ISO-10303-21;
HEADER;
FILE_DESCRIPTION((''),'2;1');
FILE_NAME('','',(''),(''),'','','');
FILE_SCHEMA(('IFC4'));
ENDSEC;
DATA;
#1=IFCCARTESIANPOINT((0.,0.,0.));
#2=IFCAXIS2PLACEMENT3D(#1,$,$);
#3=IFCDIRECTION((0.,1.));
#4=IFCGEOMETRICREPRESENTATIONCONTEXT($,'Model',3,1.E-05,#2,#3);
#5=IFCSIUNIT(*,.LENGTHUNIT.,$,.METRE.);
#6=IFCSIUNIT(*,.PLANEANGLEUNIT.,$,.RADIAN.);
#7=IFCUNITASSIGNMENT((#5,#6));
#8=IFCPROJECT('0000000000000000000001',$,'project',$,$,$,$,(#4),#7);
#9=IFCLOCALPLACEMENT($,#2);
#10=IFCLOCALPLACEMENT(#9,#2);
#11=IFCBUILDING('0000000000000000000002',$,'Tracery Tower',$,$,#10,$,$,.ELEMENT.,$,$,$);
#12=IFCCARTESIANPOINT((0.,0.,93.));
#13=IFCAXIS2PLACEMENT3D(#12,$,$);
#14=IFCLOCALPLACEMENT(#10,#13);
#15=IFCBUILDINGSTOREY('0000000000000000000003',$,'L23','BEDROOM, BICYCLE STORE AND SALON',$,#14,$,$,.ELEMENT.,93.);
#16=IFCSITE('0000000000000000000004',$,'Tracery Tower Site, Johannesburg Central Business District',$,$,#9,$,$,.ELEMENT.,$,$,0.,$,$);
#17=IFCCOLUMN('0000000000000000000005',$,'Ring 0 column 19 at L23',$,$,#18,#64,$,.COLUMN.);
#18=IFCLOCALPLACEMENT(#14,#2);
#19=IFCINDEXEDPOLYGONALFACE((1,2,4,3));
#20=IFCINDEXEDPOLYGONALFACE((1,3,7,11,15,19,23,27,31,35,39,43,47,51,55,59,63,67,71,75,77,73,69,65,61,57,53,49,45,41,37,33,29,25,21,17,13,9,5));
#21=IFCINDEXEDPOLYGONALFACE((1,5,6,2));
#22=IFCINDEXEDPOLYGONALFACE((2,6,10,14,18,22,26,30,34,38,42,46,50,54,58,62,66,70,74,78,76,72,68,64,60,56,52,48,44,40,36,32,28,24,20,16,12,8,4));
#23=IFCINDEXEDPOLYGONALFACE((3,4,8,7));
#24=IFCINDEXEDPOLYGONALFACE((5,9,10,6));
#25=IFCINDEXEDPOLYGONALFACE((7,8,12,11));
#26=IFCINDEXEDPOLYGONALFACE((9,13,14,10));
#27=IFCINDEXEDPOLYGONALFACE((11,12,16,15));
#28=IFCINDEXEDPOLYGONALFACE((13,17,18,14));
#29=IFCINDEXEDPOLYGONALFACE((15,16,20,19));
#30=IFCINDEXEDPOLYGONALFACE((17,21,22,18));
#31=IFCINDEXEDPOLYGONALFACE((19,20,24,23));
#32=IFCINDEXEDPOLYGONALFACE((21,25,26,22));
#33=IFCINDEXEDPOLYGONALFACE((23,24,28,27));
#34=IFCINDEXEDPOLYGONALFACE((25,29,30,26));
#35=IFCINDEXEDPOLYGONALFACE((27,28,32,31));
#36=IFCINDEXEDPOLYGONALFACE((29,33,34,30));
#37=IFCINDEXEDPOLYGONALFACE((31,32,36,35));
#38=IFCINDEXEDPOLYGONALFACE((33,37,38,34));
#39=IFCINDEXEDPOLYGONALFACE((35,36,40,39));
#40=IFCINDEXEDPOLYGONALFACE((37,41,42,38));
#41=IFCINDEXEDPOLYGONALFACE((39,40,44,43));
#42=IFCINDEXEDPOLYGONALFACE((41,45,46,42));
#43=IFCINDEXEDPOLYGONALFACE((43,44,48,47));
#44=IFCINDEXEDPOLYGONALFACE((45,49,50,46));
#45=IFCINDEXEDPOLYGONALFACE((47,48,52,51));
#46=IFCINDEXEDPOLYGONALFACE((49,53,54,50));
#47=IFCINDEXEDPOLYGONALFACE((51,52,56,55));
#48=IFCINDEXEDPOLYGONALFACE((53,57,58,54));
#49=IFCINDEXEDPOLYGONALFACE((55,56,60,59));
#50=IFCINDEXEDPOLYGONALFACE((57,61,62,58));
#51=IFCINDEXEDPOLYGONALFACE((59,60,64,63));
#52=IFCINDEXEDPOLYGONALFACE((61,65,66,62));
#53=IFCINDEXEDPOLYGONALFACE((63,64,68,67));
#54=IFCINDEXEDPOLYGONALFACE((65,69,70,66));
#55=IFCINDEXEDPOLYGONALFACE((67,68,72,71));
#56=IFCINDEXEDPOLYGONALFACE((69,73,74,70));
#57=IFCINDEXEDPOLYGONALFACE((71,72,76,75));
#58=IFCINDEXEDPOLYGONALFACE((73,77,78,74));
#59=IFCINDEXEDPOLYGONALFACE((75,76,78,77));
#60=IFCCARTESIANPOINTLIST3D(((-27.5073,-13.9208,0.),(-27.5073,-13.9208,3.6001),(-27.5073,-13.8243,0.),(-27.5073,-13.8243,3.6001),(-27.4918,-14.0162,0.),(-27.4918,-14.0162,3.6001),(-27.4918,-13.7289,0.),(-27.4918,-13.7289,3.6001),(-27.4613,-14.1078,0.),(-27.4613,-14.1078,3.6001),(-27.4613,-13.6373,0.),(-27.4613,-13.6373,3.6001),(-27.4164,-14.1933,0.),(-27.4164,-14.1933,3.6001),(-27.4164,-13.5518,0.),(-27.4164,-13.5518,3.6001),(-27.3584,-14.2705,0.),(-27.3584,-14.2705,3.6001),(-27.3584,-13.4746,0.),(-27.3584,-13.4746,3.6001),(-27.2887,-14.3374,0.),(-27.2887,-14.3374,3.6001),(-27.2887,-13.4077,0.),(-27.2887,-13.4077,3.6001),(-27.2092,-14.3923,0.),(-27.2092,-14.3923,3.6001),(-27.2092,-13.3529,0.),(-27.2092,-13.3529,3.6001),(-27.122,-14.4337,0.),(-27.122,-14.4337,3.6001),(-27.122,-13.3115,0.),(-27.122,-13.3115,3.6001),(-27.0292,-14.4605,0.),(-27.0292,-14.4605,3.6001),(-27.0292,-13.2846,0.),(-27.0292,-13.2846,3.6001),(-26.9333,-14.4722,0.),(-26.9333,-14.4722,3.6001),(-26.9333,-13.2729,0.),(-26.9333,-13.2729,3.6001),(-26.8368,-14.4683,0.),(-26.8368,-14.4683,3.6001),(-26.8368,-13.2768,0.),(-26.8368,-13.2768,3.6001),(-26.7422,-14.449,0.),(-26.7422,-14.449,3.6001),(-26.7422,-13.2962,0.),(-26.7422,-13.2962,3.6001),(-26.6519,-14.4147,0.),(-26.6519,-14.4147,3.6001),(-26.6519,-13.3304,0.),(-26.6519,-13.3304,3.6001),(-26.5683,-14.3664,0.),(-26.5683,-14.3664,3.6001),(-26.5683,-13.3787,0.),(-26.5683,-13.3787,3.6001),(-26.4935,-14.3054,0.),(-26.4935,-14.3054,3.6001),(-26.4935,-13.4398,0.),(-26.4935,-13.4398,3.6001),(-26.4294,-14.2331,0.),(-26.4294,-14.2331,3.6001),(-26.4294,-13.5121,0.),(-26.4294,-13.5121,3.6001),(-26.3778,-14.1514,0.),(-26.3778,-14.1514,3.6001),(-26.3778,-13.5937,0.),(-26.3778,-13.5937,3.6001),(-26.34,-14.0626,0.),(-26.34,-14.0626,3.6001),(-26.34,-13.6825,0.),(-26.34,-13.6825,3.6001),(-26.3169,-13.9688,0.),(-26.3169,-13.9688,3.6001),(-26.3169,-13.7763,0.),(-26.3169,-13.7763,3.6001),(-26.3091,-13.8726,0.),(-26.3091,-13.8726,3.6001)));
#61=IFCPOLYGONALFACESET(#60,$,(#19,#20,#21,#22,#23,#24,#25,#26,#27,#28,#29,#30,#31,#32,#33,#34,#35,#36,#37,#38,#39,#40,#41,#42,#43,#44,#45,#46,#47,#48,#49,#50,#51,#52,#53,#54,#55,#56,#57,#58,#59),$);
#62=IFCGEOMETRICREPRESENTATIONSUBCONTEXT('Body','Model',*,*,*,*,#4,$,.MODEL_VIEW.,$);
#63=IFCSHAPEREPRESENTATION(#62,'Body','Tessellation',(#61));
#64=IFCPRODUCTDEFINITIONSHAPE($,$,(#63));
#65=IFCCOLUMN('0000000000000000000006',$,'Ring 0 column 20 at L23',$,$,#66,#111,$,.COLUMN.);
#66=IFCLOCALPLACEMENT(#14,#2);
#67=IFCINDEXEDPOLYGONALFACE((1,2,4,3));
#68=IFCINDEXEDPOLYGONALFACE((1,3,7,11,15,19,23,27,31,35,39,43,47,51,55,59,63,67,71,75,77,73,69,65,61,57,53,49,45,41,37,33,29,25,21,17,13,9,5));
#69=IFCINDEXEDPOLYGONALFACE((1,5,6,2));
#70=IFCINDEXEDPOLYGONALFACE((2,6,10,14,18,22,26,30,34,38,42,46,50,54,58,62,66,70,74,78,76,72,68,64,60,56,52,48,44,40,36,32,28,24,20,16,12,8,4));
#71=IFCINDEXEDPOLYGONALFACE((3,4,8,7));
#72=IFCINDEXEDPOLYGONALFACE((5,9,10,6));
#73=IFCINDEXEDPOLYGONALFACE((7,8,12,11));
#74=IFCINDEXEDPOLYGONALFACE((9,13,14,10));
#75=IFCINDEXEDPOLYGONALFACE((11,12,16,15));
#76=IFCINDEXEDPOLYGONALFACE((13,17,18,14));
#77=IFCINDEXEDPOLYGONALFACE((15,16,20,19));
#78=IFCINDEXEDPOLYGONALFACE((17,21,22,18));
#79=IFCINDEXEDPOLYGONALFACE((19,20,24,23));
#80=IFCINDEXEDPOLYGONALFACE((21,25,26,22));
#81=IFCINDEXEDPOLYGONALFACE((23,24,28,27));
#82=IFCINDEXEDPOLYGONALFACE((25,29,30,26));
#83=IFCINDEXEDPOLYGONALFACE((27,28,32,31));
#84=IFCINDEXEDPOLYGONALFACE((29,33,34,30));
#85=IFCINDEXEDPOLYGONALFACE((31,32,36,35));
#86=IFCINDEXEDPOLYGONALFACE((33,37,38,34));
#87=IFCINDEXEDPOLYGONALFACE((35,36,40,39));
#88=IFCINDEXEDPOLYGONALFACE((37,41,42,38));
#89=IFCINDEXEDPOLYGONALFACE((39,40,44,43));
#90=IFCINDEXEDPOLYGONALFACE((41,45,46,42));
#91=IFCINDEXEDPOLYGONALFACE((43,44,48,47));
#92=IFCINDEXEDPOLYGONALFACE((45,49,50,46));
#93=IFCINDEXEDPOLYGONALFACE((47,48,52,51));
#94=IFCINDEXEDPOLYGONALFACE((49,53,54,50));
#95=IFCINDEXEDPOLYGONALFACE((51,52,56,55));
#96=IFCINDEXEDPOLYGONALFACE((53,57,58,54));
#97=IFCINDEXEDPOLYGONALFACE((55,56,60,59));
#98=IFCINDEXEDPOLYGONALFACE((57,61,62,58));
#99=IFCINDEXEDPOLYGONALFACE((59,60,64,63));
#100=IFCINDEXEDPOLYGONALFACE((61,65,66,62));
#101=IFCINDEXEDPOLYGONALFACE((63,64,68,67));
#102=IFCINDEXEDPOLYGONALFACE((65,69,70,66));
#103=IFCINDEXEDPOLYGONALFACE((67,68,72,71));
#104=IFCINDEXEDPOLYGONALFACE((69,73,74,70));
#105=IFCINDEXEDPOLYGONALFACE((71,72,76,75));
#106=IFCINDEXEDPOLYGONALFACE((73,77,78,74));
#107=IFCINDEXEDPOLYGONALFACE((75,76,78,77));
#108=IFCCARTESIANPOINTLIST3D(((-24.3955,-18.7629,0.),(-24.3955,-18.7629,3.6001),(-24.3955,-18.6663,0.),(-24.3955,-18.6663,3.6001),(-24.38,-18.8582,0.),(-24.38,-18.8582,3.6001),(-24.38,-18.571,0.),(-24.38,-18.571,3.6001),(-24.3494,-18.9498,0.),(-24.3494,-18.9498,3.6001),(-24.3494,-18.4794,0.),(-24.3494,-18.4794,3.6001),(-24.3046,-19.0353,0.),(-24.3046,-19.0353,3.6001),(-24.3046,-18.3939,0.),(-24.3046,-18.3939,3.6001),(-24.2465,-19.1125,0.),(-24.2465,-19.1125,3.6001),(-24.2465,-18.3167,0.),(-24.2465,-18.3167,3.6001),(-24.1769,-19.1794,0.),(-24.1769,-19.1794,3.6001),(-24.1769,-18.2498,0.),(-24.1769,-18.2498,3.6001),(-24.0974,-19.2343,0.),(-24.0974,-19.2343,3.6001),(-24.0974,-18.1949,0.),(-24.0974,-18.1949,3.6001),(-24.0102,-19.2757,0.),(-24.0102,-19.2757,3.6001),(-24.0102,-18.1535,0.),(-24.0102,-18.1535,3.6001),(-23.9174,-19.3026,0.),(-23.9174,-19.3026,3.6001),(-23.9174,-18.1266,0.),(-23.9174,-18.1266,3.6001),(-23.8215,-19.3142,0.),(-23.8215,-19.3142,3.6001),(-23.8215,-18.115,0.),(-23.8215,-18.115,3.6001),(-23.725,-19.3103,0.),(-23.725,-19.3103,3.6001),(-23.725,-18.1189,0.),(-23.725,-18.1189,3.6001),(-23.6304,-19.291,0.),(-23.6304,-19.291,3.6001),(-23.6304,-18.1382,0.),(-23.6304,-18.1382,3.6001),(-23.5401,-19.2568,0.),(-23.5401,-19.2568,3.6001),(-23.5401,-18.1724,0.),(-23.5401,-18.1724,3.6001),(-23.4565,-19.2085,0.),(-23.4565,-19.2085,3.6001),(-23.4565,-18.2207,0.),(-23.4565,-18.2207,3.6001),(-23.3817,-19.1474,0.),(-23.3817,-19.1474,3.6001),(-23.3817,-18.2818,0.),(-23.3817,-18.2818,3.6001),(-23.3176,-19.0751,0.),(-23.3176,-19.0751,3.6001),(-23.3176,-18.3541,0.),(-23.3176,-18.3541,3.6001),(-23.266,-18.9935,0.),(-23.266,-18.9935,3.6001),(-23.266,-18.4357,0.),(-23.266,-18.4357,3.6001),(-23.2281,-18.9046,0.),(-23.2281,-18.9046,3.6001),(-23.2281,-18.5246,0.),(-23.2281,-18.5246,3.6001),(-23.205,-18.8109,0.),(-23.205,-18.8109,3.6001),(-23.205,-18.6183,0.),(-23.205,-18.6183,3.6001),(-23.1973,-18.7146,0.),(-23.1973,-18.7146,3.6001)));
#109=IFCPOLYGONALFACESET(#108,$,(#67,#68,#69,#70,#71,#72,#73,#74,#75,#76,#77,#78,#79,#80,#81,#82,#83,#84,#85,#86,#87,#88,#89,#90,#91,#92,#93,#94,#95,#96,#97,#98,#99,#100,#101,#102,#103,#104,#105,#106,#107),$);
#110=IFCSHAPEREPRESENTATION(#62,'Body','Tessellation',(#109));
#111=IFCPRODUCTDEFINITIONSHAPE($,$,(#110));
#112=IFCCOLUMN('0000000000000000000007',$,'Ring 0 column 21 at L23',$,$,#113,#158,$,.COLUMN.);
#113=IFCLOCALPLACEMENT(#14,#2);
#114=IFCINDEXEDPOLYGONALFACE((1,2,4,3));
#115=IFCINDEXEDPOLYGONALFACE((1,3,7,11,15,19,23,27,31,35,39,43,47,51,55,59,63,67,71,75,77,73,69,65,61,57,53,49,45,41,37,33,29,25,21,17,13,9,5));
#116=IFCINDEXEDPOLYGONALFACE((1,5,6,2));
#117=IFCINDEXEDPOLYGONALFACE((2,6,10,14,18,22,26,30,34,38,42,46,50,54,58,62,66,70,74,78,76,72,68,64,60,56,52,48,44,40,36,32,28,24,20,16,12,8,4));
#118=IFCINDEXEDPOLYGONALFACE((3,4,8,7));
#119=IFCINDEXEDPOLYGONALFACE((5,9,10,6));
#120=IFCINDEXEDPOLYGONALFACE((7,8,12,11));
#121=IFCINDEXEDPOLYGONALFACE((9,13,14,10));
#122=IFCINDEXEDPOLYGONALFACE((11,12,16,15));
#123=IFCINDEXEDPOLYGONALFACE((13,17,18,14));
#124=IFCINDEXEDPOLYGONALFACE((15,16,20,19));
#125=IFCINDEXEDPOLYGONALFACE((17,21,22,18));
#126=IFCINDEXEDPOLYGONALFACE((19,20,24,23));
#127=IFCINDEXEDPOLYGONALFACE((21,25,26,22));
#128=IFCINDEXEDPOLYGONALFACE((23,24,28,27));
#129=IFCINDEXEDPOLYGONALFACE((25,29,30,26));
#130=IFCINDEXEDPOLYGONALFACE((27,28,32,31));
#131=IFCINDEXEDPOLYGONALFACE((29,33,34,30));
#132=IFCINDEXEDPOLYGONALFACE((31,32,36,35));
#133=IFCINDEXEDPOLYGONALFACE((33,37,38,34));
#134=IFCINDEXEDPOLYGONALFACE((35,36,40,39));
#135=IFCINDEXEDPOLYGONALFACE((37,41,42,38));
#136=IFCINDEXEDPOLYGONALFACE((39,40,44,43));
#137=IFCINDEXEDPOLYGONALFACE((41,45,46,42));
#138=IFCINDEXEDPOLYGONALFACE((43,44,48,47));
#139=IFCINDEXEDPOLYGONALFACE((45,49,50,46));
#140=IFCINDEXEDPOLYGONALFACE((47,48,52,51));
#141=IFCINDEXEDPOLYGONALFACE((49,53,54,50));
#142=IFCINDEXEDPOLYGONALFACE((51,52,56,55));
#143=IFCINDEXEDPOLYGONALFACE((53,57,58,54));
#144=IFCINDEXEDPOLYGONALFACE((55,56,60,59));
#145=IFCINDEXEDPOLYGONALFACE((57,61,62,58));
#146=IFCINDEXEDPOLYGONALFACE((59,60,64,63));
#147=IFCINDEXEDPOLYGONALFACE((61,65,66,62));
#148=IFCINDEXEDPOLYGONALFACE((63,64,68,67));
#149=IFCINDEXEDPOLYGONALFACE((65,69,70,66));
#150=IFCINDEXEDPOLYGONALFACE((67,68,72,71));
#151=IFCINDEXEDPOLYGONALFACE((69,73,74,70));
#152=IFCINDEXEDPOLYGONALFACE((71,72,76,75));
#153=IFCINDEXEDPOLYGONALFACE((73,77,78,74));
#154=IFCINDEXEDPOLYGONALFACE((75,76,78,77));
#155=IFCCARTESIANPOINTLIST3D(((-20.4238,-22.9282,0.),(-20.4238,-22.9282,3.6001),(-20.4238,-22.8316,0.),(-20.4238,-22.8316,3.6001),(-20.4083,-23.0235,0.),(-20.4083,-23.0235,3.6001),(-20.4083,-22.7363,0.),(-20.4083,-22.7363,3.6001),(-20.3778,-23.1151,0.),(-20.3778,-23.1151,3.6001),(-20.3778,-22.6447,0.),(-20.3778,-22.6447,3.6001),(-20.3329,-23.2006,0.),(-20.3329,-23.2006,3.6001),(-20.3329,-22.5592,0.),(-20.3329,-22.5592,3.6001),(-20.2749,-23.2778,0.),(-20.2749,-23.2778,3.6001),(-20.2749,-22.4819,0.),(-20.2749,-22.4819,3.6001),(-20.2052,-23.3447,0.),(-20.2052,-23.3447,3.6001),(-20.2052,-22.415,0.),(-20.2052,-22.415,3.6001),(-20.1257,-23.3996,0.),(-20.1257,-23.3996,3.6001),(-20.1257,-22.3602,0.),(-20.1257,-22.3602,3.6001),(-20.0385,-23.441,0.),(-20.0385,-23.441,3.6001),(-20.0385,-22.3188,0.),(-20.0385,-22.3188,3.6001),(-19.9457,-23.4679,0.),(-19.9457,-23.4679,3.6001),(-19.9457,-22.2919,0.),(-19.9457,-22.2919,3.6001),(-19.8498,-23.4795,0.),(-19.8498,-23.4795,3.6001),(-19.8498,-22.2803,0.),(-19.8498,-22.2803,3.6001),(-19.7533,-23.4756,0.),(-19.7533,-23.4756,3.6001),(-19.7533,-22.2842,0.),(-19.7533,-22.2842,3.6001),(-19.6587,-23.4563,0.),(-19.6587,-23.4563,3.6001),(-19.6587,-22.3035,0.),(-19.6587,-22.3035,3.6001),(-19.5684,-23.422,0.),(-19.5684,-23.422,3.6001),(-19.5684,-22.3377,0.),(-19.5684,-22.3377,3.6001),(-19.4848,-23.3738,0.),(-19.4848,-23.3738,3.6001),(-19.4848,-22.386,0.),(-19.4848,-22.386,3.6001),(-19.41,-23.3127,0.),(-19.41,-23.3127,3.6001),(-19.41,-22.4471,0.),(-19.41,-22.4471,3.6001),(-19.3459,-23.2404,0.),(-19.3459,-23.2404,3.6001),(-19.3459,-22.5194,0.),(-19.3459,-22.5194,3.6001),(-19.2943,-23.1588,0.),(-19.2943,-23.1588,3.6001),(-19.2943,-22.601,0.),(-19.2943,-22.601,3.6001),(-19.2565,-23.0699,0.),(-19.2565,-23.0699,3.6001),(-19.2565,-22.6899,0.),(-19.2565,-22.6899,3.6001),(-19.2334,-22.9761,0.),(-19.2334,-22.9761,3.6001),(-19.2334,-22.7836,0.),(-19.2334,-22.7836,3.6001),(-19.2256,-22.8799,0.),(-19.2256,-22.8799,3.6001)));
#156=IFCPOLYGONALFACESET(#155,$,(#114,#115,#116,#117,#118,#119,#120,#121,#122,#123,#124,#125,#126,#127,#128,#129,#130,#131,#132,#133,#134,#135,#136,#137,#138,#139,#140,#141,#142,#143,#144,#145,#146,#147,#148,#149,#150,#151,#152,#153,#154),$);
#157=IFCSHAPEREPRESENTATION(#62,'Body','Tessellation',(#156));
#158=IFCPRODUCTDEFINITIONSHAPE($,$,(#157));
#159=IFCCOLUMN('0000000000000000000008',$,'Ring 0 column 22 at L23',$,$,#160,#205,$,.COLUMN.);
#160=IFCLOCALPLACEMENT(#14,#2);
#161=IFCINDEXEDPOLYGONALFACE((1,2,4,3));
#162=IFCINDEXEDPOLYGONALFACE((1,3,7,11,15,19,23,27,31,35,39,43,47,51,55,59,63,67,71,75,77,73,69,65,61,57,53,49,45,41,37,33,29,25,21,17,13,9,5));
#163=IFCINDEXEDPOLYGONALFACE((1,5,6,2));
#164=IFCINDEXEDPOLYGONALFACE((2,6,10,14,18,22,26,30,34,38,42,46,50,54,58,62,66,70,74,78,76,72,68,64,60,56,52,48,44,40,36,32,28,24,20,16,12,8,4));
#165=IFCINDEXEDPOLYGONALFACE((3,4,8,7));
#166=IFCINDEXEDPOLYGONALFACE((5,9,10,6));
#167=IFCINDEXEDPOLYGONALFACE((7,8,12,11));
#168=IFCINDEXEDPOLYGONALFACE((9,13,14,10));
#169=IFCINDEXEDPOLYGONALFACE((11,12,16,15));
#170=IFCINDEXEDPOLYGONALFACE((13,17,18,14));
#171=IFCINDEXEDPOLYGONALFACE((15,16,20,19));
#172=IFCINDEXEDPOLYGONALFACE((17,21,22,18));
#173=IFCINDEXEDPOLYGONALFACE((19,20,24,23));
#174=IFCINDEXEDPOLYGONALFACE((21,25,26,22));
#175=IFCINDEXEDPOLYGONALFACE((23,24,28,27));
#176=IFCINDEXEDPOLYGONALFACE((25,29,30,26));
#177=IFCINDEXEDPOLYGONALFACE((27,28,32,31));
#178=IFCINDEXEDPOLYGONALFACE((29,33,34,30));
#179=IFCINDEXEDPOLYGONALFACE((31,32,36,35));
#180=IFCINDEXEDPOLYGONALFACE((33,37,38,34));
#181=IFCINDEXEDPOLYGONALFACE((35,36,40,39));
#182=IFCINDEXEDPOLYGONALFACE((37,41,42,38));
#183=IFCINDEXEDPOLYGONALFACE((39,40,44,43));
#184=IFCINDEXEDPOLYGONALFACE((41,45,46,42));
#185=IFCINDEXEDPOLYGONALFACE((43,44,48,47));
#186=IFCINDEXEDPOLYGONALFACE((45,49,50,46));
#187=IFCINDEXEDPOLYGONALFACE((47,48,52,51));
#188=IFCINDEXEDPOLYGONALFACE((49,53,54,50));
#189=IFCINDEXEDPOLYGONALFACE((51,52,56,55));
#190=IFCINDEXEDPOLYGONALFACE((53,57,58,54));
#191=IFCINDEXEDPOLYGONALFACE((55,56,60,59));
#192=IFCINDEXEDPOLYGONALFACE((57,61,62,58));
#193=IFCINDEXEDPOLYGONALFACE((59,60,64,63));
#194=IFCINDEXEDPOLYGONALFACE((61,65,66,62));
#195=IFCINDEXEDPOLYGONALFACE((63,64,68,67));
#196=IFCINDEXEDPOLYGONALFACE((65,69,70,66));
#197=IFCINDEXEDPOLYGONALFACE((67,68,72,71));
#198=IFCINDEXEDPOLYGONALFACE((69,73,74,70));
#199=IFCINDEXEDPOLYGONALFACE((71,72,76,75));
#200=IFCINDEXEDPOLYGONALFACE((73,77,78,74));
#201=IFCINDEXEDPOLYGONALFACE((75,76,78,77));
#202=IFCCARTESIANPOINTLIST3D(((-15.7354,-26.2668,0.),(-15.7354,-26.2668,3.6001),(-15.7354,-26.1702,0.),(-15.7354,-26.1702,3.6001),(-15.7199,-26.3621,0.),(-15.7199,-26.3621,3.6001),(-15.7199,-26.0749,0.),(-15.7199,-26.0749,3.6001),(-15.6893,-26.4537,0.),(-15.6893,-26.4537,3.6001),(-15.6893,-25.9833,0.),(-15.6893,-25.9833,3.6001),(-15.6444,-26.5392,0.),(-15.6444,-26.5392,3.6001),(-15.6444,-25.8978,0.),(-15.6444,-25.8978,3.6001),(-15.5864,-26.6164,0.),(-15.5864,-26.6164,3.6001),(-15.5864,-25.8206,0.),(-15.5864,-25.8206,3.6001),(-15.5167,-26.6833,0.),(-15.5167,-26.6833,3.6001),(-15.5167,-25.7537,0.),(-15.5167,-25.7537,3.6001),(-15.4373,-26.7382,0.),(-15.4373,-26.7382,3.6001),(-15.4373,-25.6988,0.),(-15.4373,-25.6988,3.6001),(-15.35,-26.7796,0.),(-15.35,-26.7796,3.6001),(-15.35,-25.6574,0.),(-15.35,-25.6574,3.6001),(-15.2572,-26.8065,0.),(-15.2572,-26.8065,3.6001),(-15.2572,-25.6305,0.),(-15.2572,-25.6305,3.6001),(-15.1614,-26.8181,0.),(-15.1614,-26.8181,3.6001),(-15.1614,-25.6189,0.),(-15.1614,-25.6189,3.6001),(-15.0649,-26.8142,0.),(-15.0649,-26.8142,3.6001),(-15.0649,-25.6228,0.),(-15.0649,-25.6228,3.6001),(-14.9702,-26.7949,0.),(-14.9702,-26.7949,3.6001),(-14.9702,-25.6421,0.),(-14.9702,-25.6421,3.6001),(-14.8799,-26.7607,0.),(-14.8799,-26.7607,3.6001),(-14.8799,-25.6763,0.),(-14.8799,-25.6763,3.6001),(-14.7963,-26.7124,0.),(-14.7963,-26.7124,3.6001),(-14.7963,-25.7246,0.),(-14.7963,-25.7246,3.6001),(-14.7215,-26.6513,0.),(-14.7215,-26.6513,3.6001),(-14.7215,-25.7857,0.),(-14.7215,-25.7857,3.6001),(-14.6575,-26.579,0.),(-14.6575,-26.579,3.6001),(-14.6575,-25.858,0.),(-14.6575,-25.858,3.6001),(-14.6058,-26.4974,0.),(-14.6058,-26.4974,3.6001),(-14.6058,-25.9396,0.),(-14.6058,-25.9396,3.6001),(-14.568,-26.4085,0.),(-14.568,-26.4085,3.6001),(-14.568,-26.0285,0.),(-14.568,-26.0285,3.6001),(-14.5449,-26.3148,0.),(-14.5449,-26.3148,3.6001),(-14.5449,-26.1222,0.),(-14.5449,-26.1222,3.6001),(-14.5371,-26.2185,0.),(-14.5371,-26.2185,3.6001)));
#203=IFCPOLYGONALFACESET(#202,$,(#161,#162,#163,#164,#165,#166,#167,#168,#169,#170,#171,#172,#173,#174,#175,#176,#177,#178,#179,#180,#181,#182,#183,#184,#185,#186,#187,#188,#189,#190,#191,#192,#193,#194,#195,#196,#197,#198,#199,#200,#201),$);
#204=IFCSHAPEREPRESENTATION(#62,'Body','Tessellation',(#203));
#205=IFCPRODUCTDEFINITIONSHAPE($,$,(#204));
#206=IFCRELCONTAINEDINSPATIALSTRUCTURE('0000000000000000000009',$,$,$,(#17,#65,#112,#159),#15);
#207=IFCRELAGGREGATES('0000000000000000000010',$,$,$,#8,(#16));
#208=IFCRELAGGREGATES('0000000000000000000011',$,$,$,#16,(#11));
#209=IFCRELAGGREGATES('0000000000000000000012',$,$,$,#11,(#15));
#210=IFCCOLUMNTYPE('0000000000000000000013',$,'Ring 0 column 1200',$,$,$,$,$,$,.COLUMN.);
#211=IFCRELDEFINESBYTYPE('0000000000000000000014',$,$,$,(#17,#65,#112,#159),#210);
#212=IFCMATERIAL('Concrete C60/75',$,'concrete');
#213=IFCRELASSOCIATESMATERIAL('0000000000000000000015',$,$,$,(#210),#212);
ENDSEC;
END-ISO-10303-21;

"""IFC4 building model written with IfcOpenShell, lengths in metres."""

from ifc_helpers import new_model, si_unit, direction, frame, origin, origin_2d, place, context, subcontext, project, spatial, circle, extrude, material, material_profile, profile_set, type_object, element, save


model = new_model("IFC4")

# Units and contexts
model_context = context("Model", 3, precision=1e-05, world=origin(), true_north=direction((0.0, 1.0)))
body_context = subcontext(model_context, "Body", "Model", "MODEL_VIEW")
ifc_project = project(units=[si_unit("LENGTHUNIT", "METRE"), si_unit("PLANEANGLEUNIT", "RADIAN")], contexts=[model_context])

# Site, building, storey
site_placement = place(None, origin())
site = spatial("IfcSite", under=ifc_project, at=site_placement, Name="Tracery Tower Site, Johannesburg Central Business District", CompositionType="ELEMENT", RefElevation=0.0)
building_placement = place(site_placement, origin())
building = spatial("IfcBuilding", under=site, at=building_placement, Name="Tracery Tower", CompositionType="ELEMENT")
storey_placement = place(building_placement, frame((0.0, 0.0, 93.0)))
storey = spatial("IfcBuildingStorey", under=building, at=storey_placement, Name="L23", Description="BEDROOM, BICYCLE STORE AND SALON", CompositionType="ELEMENT", Elevation=93.0)

# Columns
ifc_material_1 = material(Name="Concrete C60/75", Category="concrete")
ifc_material_profile_1 = material_profile(ifc_material_1, circle(Radius=0.6001, at=origin_2d()), Name="RC D1200")
ifc_profile_set_1 = profile_set([ifc_material_profile_1], Name="Concrete C60/75")
column_type_1 = type_object("IfcColumnType", Name="Ring 0 column 1200", PredefinedType="COLUMN", material=ifc_profile_set_1)
for number, where, z_axis, x_axis, name in (
    (1, (-26.9092, -13.8726, 0.0), (0.0, 0.0, 1.0), (1.0, 0.0, 0.0), "Ring 0 column 19 at L23"),
    (2, (-23.7974, -18.7146, 0.0), (0.0, 0.0, 1.0), (1.0, 0.0, 0.0), "Ring 0 column 20 at L23"),
    (3, (-19.8257, -22.8799, 0.0), (0.0, 0.0, 1.0), (1.0, 0.0, 0.0), "Ring 0 column 21 at L23"),
    (4, (-15.1372, -26.2185, 0.0), (0.0, 0.0, 1.0), (1.0, 0.0, 0.0), "Ring 0 column 22 at L23"),
):
    element("IfcColumn", number, at=place(storey_placement, frame(where, z_axis=z_axis, x_axis=x_axis)), inside=storey, type_object=column_type_1, Name=name, PredefinedType="COLUMN", context=body_context, shape_type="SweptSolid", body=[
        extrude(circle(Radius=0.6001, at=origin_2d()), origin(), (0.0, 0.0, 1.0), 3.6001),
    ])

save(model, "model.ifc")
